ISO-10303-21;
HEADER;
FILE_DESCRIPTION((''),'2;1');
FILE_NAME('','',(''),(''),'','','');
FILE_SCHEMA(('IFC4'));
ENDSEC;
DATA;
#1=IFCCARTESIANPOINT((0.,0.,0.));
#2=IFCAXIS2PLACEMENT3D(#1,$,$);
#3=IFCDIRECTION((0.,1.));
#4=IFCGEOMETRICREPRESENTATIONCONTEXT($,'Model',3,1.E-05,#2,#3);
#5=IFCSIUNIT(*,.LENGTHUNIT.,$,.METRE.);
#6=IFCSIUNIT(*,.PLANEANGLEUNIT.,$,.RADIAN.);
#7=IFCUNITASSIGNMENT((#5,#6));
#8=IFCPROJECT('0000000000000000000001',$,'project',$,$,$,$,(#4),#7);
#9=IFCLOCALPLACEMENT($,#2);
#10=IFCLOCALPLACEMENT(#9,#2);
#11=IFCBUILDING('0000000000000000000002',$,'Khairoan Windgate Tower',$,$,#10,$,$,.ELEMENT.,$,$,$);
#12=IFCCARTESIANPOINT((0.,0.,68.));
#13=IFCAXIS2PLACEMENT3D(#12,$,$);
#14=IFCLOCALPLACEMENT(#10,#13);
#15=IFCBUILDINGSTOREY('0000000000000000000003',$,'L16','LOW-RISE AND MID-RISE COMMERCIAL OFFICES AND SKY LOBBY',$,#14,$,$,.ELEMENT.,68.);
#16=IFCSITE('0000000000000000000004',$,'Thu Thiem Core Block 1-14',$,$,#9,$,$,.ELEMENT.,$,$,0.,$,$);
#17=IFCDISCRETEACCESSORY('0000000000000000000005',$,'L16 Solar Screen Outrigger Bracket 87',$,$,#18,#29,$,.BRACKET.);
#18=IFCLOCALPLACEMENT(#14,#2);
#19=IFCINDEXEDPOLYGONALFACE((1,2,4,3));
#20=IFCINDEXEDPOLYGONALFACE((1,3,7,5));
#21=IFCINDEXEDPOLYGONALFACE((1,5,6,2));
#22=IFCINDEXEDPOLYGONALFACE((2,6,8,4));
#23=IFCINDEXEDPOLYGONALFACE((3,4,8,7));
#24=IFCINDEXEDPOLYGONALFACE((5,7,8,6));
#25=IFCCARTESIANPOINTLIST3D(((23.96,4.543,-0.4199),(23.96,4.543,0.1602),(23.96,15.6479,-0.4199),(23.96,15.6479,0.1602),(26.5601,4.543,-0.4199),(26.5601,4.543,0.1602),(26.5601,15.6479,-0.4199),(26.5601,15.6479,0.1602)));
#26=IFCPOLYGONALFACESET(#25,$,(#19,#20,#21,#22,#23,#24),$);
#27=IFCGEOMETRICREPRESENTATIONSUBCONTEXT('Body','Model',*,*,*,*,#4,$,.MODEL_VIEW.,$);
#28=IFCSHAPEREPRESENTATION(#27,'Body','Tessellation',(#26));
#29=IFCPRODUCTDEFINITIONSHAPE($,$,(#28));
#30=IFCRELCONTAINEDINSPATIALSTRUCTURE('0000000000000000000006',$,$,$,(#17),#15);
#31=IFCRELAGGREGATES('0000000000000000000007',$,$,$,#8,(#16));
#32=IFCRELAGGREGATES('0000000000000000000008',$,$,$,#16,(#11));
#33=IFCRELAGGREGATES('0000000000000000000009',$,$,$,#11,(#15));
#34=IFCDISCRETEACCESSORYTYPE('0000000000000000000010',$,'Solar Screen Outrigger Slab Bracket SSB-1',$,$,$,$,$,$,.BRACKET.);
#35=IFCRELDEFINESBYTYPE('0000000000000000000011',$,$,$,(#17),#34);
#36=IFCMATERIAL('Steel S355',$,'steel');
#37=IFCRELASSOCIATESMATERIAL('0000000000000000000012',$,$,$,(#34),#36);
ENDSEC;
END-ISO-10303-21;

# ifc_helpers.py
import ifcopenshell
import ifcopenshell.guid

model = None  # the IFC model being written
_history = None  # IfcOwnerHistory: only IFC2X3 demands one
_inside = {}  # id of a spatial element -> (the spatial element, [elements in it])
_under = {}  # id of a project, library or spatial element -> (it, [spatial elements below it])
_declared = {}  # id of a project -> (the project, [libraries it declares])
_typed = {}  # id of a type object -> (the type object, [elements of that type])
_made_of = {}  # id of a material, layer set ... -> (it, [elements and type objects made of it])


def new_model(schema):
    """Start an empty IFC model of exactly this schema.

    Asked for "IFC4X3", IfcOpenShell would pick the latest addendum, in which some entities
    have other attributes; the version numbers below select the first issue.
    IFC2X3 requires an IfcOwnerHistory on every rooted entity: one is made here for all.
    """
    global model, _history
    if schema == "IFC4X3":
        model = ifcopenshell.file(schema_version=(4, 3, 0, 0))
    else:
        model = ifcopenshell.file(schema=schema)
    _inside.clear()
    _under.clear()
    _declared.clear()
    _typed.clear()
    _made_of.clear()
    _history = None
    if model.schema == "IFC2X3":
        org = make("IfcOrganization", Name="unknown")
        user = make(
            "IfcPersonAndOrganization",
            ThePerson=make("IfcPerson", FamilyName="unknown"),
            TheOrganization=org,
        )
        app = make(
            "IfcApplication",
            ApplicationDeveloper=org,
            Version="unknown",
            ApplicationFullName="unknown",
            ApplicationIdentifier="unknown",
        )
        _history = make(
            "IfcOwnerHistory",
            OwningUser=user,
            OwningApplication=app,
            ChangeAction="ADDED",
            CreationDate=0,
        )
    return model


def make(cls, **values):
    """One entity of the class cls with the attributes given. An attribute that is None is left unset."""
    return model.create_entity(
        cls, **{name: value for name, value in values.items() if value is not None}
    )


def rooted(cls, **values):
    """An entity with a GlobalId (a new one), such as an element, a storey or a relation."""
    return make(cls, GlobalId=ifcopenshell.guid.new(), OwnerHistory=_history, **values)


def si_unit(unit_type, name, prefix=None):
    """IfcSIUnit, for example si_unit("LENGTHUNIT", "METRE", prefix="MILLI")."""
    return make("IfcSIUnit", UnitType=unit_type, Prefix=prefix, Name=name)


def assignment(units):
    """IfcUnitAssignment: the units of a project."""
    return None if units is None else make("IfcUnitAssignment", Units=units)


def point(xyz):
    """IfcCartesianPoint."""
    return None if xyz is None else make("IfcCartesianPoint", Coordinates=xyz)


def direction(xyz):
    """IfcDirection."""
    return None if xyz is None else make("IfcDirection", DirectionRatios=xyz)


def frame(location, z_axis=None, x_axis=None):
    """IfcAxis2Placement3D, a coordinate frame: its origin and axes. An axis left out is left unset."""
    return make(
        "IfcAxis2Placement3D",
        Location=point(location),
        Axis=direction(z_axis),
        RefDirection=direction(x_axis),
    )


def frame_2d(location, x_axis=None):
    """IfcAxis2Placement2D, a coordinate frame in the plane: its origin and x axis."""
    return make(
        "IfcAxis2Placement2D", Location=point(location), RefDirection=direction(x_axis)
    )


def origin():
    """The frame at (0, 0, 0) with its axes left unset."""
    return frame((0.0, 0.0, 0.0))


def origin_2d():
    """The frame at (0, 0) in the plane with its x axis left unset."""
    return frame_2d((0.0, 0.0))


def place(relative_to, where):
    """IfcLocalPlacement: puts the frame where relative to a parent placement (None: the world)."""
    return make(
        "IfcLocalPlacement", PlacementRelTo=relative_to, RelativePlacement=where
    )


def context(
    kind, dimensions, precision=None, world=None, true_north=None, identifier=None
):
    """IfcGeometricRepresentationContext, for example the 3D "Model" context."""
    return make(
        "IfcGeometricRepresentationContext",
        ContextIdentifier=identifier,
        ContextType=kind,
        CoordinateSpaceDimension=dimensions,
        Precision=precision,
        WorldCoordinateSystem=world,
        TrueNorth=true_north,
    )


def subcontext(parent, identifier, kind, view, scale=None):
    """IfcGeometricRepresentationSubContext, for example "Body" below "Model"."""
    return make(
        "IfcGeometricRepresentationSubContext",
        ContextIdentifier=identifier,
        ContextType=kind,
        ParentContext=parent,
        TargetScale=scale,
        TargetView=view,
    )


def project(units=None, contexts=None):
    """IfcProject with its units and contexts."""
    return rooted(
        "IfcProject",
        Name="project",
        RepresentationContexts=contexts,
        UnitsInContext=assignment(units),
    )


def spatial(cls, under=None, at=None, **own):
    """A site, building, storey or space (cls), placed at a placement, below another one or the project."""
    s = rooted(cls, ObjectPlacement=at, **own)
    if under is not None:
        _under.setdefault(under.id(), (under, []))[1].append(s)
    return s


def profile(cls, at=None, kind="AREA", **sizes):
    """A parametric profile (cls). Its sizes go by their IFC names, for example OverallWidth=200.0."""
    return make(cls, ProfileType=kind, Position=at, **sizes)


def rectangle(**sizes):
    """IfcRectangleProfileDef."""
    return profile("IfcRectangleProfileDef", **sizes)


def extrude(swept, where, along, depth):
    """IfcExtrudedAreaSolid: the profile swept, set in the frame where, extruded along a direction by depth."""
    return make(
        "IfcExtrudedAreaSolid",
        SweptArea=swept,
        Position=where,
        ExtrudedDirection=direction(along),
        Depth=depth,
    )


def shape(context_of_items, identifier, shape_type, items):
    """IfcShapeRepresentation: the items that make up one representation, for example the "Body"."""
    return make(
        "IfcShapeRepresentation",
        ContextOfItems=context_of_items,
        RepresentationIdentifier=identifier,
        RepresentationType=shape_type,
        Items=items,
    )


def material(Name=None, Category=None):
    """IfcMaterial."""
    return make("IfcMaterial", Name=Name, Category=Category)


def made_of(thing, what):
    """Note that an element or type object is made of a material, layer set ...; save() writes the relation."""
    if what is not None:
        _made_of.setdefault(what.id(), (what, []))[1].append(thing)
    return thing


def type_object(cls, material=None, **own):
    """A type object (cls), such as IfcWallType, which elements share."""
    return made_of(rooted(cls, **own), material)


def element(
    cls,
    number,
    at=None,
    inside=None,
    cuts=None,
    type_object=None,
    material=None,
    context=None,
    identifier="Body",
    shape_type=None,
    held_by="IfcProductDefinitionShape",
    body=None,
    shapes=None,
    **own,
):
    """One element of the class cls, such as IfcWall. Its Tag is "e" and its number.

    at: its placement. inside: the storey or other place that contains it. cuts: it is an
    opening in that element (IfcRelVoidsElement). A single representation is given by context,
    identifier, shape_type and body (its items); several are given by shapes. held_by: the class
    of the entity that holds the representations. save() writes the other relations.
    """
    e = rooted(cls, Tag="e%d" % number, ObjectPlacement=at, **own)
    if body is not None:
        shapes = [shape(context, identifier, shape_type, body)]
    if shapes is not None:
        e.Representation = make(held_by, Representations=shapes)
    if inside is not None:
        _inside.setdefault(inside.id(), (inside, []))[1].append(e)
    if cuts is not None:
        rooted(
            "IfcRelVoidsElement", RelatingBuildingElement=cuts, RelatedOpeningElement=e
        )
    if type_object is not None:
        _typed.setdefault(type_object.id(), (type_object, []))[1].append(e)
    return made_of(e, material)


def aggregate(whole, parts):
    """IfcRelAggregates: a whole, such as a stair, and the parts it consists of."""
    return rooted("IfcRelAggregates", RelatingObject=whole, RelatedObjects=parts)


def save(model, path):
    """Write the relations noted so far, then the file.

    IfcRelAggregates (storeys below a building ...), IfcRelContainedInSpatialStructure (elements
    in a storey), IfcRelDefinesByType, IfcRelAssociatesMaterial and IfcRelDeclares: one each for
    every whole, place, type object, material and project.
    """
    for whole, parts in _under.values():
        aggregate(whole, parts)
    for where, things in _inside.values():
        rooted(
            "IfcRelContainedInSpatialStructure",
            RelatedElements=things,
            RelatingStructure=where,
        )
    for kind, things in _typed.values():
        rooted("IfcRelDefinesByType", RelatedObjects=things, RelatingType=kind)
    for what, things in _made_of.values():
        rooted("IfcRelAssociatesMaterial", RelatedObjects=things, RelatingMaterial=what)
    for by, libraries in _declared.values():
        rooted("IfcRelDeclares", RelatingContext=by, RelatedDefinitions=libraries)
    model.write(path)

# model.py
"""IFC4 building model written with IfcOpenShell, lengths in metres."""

from ifc_helpers import new_model, si_unit, direction, frame, origin, origin_2d, place, context, subcontext, project, spatial, rectangle, extrude, material, type_object, element, save


model = new_model("IFC4")

# Units and contexts
model_context = context("Model", 3, precision=1e-05, world=origin(), true_north=direction((0.0, 1.0)))
body_context = subcontext(model_context, "Body", "Model", "MODEL_VIEW")
ifc_project = project(units=[si_unit("LENGTHUNIT", "METRE"), si_unit("PLANEANGLEUNIT", "RADIAN")], contexts=[model_context])

# Site, building, storey
site_placement = place(None, origin())
site = spatial("IfcSite", under=ifc_project, at=site_placement, Name="Thu Thiem Core Block 1-14", CompositionType="ELEMENT", RefElevation=0.0)
building_placement = place(site_placement, origin())
building = spatial("IfcBuilding", under=site, at=building_placement, Name="Khairoan Windgate Tower", CompositionType="ELEMENT")
storey_placement = place(building_placement, frame((0.0, 0.0, 68.0)))
storey = spatial("IfcBuildingStorey", under=building, at=storey_placement, Name="L16", Description="LOW-RISE AND MID-RISE COMMERCIAL OFFICES AND SKY LOBBY", CompositionType="ELEMENT", Elevation=68.0)

# Discrete accessory
ifc_material_1 = material(Name="Steel S355", Category="steel")
discrete_accessory_type = type_object("IfcDiscreteAccessoryType", Name="Solar Screen Outrigger Slab Bracket SSB-1", PredefinedType="BRACKET", material=ifc_material_1)
discrete_accessory_placement = place(storey_placement, frame((25.26, 10.0955, -0.4199), z_axis=(0.0, 0.0, 1.0), x_axis=(0.0, -1.0, 0.0)))
element("IfcDiscreteAccessory", 1, at=discrete_accessory_placement, inside=storey, type_object=discrete_accessory_type, Name="L16 Solar Screen Outrigger Bracket 87", PredefinedType="BRACKET", context=body_context, shape_type="SweptSolid", body=[
    extrude(rectangle(XDim=11.105, YDim=2.6001, at=origin_2d()), origin(), (0.0, 0.0, 1.0), 0.5801),
])

save(model, "model.ifc")
